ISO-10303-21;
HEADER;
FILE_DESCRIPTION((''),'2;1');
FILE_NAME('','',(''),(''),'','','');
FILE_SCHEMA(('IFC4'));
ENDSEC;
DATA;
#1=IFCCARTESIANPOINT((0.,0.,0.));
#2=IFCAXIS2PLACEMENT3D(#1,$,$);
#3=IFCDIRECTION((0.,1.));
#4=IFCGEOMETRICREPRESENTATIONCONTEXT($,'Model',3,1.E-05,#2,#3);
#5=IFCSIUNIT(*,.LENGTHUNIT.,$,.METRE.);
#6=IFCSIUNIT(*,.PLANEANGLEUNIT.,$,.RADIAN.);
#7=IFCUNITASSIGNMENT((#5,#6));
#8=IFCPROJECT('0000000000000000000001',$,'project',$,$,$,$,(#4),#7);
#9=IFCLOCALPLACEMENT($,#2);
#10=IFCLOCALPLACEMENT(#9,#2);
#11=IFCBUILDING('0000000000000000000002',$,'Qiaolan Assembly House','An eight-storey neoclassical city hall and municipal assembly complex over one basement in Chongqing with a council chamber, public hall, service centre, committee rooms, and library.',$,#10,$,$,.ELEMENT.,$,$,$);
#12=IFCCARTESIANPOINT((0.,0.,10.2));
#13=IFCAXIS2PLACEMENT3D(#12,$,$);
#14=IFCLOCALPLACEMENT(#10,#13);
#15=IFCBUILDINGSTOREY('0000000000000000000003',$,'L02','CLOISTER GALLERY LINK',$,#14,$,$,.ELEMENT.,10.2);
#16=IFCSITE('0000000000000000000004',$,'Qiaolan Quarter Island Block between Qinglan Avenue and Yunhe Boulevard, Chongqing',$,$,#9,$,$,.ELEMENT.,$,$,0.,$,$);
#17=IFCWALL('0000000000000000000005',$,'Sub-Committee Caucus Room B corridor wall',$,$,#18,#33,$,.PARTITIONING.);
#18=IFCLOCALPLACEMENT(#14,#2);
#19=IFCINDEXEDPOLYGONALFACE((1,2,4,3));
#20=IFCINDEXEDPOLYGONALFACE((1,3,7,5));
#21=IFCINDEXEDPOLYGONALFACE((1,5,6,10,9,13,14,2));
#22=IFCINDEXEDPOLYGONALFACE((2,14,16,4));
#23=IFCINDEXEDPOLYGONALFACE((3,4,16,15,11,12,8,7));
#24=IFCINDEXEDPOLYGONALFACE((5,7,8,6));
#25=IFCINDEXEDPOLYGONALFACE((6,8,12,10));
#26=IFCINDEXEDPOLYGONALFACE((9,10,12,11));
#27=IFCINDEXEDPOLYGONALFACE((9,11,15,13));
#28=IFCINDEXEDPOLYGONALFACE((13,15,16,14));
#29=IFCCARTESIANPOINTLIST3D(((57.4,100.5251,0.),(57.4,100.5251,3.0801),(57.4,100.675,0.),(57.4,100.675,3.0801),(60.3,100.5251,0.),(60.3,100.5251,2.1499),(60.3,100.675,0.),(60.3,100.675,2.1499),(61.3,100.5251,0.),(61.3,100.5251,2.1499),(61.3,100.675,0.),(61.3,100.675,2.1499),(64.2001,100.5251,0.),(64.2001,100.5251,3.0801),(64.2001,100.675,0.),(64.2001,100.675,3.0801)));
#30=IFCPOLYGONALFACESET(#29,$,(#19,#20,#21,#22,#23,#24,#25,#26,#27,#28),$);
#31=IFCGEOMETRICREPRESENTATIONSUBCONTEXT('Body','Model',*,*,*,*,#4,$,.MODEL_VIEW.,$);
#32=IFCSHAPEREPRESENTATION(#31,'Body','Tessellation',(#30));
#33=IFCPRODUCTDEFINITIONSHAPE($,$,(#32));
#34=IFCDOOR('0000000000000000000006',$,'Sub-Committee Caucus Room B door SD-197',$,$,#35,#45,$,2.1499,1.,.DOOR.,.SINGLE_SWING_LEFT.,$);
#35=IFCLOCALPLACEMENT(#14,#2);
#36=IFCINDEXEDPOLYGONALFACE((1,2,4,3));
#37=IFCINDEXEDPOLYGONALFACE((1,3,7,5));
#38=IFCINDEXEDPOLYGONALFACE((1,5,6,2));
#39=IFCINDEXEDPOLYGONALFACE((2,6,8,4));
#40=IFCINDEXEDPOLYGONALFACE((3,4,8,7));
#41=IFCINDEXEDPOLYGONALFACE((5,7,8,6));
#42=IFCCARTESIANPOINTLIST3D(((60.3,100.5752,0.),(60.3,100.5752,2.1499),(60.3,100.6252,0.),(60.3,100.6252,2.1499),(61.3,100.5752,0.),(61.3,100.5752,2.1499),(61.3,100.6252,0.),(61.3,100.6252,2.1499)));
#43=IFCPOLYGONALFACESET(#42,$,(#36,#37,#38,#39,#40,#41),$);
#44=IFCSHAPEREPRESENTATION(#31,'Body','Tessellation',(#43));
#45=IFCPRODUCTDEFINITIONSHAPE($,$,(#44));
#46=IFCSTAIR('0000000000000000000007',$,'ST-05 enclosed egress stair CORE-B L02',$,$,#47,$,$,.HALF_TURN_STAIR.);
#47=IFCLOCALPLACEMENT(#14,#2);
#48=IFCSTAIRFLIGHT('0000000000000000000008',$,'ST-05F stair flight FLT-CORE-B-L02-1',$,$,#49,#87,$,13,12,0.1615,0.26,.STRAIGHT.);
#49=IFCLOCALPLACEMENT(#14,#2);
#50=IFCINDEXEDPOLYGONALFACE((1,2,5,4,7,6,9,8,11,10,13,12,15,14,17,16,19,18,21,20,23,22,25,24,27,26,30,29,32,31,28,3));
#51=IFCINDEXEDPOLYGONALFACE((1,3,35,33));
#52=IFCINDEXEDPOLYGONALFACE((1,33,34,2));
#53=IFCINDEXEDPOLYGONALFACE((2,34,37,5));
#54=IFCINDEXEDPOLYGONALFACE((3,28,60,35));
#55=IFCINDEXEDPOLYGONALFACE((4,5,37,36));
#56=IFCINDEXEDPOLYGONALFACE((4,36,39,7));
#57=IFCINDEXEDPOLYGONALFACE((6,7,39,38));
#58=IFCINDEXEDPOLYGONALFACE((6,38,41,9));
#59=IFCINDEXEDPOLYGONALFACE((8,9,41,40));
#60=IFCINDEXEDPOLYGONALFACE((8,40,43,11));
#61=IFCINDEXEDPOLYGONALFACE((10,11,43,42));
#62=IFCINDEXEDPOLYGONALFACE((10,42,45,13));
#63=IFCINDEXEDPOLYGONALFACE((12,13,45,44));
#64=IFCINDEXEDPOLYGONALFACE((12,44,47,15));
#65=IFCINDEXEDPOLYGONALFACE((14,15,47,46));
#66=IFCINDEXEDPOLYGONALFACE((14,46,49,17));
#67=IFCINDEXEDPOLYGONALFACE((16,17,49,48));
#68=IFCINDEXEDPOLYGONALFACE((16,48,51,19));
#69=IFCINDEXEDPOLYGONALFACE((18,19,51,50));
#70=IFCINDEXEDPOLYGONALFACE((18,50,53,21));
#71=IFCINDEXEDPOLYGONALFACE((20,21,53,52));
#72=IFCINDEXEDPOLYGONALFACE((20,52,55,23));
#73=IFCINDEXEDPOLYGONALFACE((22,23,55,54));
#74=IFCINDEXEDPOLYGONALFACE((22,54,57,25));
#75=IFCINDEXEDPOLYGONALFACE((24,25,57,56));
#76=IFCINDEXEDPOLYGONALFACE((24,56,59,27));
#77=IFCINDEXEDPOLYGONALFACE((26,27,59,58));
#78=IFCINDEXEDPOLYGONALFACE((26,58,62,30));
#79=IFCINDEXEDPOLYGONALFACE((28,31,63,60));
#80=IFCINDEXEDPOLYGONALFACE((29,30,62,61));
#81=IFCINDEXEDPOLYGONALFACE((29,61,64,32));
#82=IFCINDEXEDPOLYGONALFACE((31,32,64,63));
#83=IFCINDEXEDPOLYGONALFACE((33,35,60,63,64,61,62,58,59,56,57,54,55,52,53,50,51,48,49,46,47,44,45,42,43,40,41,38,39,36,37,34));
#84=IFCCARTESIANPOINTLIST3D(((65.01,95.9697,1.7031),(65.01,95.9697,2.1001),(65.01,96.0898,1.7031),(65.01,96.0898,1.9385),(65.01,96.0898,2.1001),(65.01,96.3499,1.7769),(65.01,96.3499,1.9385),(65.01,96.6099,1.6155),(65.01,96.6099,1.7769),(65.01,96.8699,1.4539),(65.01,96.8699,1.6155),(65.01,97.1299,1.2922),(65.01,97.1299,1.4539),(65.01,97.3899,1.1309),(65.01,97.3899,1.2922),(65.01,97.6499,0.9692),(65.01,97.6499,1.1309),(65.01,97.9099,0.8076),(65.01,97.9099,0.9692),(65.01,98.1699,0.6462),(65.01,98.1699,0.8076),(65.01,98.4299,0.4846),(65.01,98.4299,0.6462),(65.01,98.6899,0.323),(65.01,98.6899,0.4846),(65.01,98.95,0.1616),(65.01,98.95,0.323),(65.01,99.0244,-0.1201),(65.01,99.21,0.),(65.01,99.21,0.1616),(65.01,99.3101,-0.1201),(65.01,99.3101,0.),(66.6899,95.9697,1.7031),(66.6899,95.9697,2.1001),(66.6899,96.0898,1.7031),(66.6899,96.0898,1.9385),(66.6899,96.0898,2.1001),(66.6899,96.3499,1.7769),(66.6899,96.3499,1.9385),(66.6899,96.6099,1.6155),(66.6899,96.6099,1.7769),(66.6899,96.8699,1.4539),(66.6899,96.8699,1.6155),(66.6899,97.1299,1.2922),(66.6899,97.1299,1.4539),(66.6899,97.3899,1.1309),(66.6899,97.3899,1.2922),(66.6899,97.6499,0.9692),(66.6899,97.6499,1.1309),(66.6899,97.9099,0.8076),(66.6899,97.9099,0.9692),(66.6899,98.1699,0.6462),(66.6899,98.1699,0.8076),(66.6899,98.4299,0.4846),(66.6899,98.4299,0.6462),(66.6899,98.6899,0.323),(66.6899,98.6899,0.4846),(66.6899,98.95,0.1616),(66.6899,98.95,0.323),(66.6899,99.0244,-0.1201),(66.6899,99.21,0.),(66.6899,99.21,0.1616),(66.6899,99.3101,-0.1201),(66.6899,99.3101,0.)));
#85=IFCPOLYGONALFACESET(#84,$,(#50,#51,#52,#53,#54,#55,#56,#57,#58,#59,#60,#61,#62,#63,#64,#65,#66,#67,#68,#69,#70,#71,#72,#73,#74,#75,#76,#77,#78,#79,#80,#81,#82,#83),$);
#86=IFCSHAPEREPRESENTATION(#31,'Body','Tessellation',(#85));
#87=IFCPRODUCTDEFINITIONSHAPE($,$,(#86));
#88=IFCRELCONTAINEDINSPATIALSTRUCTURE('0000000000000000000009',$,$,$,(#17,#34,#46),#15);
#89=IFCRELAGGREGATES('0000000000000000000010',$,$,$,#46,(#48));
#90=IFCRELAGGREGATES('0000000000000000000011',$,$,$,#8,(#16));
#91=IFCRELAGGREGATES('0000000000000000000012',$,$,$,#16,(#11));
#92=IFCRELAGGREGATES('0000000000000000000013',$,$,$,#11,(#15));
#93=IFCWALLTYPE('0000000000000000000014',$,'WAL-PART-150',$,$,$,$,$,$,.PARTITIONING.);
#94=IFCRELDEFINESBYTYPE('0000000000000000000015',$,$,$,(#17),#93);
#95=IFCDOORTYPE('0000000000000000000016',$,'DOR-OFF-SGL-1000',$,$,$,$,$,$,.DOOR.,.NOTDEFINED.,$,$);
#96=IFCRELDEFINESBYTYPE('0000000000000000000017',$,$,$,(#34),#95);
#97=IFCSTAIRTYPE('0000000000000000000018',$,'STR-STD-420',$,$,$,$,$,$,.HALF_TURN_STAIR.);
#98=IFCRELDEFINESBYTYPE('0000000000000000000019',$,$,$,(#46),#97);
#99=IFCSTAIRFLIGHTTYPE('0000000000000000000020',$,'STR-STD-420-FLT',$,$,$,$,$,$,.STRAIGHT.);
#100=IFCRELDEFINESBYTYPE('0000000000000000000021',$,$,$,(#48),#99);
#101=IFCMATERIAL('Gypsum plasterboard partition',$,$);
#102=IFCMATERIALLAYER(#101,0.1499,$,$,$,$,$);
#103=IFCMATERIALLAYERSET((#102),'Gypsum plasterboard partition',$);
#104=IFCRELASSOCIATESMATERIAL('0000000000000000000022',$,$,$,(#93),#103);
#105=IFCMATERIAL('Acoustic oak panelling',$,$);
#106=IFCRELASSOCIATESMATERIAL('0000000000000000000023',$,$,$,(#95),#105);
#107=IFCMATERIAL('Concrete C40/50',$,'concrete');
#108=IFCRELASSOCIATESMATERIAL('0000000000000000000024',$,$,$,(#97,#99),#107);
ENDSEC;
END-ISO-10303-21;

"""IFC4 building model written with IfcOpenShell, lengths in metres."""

from ifc_helpers import new_model, si_unit, direction, frame, frame_2d, origin, place, context, subcontext, project, spatial, polyline, rectangle, outline, extrude, material, layer, layer_set, type_object, element, fill, aggregate, save


model = new_model("IFC4")

# Units and contexts
model_context = context("Model", 3, precision=1e-05, world=origin(), true_north=direction((0.0, 1.0)))
body_context = subcontext(model_context, "Body", "Model", "MODEL_VIEW")
ifc_project = project(units=[si_unit("LENGTHUNIT", "METRE"), si_unit("PLANEANGLEUNIT", "RADIAN")], contexts=[model_context])

# Site, building, storey
site_placement = place(None, origin())
site = spatial("IfcSite", under=ifc_project, at=site_placement, Name="Qiaolan Quarter Island Block between Qinglan Avenue and Yunhe Boulevard, Chongqing", CompositionType="ELEMENT", RefElevation=0.0)
building_placement = place(site_placement, origin())
building = spatial("IfcBuilding", under=site, at=building_placement, Name="Qiaolan Assembly House", Description="An eight-storey neoclassical city hall and municipal assembly complex over one basement in Chongqing with a council chamber, public hall, service centre, committee rooms, and library.", CompositionType="ELEMENT")
storey_placement = place(building_placement, frame((0.0, 0.0, 10.2)))
storey = spatial("IfcBuildingStorey", under=building, at=storey_placement, Name="L02", Description="CLOISTER GALLERY LINK", CompositionType="ELEMENT", Elevation=10.2)

# Shared definitions
ifc_material_1 = material(Name="Concrete C40/50", Category="concrete")

# Shared definitions
ifc_material_2 = material(Name="Gypsum plasterboard partition")

# Wall, opening, door
ifc_layer_1 = layer(ifc_material_2, 0.1499)
ifc_layer_set_1 = layer_set([ifc_layer_1], Name="Gypsum plasterboard partition")
wall_type_1 = type_object("IfcWallType", Name="WAL-PART-150", PredefinedType="PARTITIONING", material=ifc_layer_set_1)
wall_1_placement = place(storey_placement, frame((64.2, 100.6001, 0.0), z_axis=(0.0, 0.0, 1.0), x_axis=(-1.0, 0.0, 0.0)))
wall_1 = element("IfcWall", 1, at=wall_1_placement, inside=storey, type_object=wall_type_1, Name="Sub-Committee Caucus Room B corridor wall", PredefinedType="PARTITIONING", context=body_context, shape_type="SweptSolid", body=[
    extrude(rectangle(XDim=6.8, YDim=0.1499, at=frame_2d((3.3999, 0.0))), origin(), (0.0, 0.0, 1.0), 3.0801),
])
opening_placement = place(wall_1_placement, frame((2.8999, 0.0, 0.0)))
opening = element("IfcOpeningElement", 2, at=opening_placement, cuts=wall_1, PredefinedType="OPENING", context=body_context, shape_type="SweptSolid", body=[
    extrude(rectangle(XDim=1.0, YDim=2.1499, at=frame_2d((0.5, 1.075))), frame((0.0, 0.085, 0.0), z_axis=(0.0, -1.0, 0.0), x_axis=(1.0, 0.0, 0.0)), (0.0, 0.0, 1.0), 0.1699),
])
ifc_material_3 = material(Name="Acoustic oak panelling")
door_type = type_object("IfcDoorType", Name="DOR-OFF-SGL-1000", OperationType="NOTDEFINED", PredefinedType="DOOR", material=ifc_material_3)
door_placement = place(opening_placement, origin())
door = element("IfcDoor", 3, at=door_placement, inside=storey, type_object=door_type, Name="Sub-Committee Caucus Room B door SD-197", OperationType="SINGLE_SWING_LEFT", OverallHeight=2.1499, OverallWidth=1.0, PredefinedType="DOOR", context=body_context, shape_type="SweptSolid", body=[
    extrude(rectangle(XDim=1.0, YDim=2.1499, at=frame_2d((0.5, 1.075))), frame((0.0, 0.0249, 0.0), z_axis=(0.0, -1.0, 0.0), x_axis=(1.0, 0.0, 0.0)), (0.0, 0.0, 1.0), 0.05),
])
fill(opening, door)

# Stair, stair flight
stair_type = type_object("IfcStairType", Name="STR-STD-420", PredefinedType="HALF_TURN_STAIR", material=ifc_material_1)
stair_placement = place(storey_placement, origin())
stair = element("IfcStair", 4, at=stair_placement, inside=storey, type_object=stair_type, Name="ST-05 enclosed egress stair CORE-B L02", PredefinedType="HALF_TURN_STAIR")
stair_flight_type = type_object("IfcStairFlightType", Name="STR-STD-420-FLT", PredefinedType="STRAIGHT", material=ifc_material_1)
stair_flight_placement = place(storey_placement, frame((65.8501, 99.21, 0.0), z_axis=(0.0, 0.0, 1.0), x_axis=(0.0, -1.0, 0.0)))
stair_flight = element("IfcStairFlight", 5, at=stair_flight_placement, type_object=stair_flight_type, Name="ST-05F stair flight FLT-CORE-B-L02-1", NumberOfRisers=13, NumberOfTreads=12, PredefinedType="STRAIGHT", RiserHeight=0.1615, TreadLength=0.26, context=body_context, shape_type="SweptSolid", body=[
    extrude(outline(polyline([(-0.1001, -0.1201), (-0.1001, 0.0), (0.0, 0.0), (0.0, 0.1616), (0.26, 0.1616), (0.26, 0.323), (0.52, 0.323), (0.52, 0.4846), (0.78, 0.4846), (0.78, 0.6462), (1.04, 0.6462), (1.04, 0.8076), (1.3, 0.8076), (1.3, 0.9692), (1.5601, 0.9692), (1.5601, 1.1309), (1.8201, 1.1309), (1.8201, 1.2922), (2.0801, 1.2922), (2.0801, 1.4539), (2.3401, 1.4539), (2.3401, 1.6155), (2.6001, 1.6155), (2.6001, 1.7769), (2.8601, 1.7769), (2.8601, 1.9385), (3.1201, 1.9385), (3.1201, 2.1001), (3.2402, 2.1001), (3.2402, 1.7031), (3.1201, 1.7031), (0.1855, -0.1201), (-0.1001, -0.1201)])), frame((0.0, 0.8398, 0.0), z_axis=(0.0, -1.0, 0.0), x_axis=(1.0, 0.0, 0.0)), (0.0, 0.0, 1.0), 1.6799),
])
aggregate(stair, [stair_flight])

save(model, "model.ifc")
